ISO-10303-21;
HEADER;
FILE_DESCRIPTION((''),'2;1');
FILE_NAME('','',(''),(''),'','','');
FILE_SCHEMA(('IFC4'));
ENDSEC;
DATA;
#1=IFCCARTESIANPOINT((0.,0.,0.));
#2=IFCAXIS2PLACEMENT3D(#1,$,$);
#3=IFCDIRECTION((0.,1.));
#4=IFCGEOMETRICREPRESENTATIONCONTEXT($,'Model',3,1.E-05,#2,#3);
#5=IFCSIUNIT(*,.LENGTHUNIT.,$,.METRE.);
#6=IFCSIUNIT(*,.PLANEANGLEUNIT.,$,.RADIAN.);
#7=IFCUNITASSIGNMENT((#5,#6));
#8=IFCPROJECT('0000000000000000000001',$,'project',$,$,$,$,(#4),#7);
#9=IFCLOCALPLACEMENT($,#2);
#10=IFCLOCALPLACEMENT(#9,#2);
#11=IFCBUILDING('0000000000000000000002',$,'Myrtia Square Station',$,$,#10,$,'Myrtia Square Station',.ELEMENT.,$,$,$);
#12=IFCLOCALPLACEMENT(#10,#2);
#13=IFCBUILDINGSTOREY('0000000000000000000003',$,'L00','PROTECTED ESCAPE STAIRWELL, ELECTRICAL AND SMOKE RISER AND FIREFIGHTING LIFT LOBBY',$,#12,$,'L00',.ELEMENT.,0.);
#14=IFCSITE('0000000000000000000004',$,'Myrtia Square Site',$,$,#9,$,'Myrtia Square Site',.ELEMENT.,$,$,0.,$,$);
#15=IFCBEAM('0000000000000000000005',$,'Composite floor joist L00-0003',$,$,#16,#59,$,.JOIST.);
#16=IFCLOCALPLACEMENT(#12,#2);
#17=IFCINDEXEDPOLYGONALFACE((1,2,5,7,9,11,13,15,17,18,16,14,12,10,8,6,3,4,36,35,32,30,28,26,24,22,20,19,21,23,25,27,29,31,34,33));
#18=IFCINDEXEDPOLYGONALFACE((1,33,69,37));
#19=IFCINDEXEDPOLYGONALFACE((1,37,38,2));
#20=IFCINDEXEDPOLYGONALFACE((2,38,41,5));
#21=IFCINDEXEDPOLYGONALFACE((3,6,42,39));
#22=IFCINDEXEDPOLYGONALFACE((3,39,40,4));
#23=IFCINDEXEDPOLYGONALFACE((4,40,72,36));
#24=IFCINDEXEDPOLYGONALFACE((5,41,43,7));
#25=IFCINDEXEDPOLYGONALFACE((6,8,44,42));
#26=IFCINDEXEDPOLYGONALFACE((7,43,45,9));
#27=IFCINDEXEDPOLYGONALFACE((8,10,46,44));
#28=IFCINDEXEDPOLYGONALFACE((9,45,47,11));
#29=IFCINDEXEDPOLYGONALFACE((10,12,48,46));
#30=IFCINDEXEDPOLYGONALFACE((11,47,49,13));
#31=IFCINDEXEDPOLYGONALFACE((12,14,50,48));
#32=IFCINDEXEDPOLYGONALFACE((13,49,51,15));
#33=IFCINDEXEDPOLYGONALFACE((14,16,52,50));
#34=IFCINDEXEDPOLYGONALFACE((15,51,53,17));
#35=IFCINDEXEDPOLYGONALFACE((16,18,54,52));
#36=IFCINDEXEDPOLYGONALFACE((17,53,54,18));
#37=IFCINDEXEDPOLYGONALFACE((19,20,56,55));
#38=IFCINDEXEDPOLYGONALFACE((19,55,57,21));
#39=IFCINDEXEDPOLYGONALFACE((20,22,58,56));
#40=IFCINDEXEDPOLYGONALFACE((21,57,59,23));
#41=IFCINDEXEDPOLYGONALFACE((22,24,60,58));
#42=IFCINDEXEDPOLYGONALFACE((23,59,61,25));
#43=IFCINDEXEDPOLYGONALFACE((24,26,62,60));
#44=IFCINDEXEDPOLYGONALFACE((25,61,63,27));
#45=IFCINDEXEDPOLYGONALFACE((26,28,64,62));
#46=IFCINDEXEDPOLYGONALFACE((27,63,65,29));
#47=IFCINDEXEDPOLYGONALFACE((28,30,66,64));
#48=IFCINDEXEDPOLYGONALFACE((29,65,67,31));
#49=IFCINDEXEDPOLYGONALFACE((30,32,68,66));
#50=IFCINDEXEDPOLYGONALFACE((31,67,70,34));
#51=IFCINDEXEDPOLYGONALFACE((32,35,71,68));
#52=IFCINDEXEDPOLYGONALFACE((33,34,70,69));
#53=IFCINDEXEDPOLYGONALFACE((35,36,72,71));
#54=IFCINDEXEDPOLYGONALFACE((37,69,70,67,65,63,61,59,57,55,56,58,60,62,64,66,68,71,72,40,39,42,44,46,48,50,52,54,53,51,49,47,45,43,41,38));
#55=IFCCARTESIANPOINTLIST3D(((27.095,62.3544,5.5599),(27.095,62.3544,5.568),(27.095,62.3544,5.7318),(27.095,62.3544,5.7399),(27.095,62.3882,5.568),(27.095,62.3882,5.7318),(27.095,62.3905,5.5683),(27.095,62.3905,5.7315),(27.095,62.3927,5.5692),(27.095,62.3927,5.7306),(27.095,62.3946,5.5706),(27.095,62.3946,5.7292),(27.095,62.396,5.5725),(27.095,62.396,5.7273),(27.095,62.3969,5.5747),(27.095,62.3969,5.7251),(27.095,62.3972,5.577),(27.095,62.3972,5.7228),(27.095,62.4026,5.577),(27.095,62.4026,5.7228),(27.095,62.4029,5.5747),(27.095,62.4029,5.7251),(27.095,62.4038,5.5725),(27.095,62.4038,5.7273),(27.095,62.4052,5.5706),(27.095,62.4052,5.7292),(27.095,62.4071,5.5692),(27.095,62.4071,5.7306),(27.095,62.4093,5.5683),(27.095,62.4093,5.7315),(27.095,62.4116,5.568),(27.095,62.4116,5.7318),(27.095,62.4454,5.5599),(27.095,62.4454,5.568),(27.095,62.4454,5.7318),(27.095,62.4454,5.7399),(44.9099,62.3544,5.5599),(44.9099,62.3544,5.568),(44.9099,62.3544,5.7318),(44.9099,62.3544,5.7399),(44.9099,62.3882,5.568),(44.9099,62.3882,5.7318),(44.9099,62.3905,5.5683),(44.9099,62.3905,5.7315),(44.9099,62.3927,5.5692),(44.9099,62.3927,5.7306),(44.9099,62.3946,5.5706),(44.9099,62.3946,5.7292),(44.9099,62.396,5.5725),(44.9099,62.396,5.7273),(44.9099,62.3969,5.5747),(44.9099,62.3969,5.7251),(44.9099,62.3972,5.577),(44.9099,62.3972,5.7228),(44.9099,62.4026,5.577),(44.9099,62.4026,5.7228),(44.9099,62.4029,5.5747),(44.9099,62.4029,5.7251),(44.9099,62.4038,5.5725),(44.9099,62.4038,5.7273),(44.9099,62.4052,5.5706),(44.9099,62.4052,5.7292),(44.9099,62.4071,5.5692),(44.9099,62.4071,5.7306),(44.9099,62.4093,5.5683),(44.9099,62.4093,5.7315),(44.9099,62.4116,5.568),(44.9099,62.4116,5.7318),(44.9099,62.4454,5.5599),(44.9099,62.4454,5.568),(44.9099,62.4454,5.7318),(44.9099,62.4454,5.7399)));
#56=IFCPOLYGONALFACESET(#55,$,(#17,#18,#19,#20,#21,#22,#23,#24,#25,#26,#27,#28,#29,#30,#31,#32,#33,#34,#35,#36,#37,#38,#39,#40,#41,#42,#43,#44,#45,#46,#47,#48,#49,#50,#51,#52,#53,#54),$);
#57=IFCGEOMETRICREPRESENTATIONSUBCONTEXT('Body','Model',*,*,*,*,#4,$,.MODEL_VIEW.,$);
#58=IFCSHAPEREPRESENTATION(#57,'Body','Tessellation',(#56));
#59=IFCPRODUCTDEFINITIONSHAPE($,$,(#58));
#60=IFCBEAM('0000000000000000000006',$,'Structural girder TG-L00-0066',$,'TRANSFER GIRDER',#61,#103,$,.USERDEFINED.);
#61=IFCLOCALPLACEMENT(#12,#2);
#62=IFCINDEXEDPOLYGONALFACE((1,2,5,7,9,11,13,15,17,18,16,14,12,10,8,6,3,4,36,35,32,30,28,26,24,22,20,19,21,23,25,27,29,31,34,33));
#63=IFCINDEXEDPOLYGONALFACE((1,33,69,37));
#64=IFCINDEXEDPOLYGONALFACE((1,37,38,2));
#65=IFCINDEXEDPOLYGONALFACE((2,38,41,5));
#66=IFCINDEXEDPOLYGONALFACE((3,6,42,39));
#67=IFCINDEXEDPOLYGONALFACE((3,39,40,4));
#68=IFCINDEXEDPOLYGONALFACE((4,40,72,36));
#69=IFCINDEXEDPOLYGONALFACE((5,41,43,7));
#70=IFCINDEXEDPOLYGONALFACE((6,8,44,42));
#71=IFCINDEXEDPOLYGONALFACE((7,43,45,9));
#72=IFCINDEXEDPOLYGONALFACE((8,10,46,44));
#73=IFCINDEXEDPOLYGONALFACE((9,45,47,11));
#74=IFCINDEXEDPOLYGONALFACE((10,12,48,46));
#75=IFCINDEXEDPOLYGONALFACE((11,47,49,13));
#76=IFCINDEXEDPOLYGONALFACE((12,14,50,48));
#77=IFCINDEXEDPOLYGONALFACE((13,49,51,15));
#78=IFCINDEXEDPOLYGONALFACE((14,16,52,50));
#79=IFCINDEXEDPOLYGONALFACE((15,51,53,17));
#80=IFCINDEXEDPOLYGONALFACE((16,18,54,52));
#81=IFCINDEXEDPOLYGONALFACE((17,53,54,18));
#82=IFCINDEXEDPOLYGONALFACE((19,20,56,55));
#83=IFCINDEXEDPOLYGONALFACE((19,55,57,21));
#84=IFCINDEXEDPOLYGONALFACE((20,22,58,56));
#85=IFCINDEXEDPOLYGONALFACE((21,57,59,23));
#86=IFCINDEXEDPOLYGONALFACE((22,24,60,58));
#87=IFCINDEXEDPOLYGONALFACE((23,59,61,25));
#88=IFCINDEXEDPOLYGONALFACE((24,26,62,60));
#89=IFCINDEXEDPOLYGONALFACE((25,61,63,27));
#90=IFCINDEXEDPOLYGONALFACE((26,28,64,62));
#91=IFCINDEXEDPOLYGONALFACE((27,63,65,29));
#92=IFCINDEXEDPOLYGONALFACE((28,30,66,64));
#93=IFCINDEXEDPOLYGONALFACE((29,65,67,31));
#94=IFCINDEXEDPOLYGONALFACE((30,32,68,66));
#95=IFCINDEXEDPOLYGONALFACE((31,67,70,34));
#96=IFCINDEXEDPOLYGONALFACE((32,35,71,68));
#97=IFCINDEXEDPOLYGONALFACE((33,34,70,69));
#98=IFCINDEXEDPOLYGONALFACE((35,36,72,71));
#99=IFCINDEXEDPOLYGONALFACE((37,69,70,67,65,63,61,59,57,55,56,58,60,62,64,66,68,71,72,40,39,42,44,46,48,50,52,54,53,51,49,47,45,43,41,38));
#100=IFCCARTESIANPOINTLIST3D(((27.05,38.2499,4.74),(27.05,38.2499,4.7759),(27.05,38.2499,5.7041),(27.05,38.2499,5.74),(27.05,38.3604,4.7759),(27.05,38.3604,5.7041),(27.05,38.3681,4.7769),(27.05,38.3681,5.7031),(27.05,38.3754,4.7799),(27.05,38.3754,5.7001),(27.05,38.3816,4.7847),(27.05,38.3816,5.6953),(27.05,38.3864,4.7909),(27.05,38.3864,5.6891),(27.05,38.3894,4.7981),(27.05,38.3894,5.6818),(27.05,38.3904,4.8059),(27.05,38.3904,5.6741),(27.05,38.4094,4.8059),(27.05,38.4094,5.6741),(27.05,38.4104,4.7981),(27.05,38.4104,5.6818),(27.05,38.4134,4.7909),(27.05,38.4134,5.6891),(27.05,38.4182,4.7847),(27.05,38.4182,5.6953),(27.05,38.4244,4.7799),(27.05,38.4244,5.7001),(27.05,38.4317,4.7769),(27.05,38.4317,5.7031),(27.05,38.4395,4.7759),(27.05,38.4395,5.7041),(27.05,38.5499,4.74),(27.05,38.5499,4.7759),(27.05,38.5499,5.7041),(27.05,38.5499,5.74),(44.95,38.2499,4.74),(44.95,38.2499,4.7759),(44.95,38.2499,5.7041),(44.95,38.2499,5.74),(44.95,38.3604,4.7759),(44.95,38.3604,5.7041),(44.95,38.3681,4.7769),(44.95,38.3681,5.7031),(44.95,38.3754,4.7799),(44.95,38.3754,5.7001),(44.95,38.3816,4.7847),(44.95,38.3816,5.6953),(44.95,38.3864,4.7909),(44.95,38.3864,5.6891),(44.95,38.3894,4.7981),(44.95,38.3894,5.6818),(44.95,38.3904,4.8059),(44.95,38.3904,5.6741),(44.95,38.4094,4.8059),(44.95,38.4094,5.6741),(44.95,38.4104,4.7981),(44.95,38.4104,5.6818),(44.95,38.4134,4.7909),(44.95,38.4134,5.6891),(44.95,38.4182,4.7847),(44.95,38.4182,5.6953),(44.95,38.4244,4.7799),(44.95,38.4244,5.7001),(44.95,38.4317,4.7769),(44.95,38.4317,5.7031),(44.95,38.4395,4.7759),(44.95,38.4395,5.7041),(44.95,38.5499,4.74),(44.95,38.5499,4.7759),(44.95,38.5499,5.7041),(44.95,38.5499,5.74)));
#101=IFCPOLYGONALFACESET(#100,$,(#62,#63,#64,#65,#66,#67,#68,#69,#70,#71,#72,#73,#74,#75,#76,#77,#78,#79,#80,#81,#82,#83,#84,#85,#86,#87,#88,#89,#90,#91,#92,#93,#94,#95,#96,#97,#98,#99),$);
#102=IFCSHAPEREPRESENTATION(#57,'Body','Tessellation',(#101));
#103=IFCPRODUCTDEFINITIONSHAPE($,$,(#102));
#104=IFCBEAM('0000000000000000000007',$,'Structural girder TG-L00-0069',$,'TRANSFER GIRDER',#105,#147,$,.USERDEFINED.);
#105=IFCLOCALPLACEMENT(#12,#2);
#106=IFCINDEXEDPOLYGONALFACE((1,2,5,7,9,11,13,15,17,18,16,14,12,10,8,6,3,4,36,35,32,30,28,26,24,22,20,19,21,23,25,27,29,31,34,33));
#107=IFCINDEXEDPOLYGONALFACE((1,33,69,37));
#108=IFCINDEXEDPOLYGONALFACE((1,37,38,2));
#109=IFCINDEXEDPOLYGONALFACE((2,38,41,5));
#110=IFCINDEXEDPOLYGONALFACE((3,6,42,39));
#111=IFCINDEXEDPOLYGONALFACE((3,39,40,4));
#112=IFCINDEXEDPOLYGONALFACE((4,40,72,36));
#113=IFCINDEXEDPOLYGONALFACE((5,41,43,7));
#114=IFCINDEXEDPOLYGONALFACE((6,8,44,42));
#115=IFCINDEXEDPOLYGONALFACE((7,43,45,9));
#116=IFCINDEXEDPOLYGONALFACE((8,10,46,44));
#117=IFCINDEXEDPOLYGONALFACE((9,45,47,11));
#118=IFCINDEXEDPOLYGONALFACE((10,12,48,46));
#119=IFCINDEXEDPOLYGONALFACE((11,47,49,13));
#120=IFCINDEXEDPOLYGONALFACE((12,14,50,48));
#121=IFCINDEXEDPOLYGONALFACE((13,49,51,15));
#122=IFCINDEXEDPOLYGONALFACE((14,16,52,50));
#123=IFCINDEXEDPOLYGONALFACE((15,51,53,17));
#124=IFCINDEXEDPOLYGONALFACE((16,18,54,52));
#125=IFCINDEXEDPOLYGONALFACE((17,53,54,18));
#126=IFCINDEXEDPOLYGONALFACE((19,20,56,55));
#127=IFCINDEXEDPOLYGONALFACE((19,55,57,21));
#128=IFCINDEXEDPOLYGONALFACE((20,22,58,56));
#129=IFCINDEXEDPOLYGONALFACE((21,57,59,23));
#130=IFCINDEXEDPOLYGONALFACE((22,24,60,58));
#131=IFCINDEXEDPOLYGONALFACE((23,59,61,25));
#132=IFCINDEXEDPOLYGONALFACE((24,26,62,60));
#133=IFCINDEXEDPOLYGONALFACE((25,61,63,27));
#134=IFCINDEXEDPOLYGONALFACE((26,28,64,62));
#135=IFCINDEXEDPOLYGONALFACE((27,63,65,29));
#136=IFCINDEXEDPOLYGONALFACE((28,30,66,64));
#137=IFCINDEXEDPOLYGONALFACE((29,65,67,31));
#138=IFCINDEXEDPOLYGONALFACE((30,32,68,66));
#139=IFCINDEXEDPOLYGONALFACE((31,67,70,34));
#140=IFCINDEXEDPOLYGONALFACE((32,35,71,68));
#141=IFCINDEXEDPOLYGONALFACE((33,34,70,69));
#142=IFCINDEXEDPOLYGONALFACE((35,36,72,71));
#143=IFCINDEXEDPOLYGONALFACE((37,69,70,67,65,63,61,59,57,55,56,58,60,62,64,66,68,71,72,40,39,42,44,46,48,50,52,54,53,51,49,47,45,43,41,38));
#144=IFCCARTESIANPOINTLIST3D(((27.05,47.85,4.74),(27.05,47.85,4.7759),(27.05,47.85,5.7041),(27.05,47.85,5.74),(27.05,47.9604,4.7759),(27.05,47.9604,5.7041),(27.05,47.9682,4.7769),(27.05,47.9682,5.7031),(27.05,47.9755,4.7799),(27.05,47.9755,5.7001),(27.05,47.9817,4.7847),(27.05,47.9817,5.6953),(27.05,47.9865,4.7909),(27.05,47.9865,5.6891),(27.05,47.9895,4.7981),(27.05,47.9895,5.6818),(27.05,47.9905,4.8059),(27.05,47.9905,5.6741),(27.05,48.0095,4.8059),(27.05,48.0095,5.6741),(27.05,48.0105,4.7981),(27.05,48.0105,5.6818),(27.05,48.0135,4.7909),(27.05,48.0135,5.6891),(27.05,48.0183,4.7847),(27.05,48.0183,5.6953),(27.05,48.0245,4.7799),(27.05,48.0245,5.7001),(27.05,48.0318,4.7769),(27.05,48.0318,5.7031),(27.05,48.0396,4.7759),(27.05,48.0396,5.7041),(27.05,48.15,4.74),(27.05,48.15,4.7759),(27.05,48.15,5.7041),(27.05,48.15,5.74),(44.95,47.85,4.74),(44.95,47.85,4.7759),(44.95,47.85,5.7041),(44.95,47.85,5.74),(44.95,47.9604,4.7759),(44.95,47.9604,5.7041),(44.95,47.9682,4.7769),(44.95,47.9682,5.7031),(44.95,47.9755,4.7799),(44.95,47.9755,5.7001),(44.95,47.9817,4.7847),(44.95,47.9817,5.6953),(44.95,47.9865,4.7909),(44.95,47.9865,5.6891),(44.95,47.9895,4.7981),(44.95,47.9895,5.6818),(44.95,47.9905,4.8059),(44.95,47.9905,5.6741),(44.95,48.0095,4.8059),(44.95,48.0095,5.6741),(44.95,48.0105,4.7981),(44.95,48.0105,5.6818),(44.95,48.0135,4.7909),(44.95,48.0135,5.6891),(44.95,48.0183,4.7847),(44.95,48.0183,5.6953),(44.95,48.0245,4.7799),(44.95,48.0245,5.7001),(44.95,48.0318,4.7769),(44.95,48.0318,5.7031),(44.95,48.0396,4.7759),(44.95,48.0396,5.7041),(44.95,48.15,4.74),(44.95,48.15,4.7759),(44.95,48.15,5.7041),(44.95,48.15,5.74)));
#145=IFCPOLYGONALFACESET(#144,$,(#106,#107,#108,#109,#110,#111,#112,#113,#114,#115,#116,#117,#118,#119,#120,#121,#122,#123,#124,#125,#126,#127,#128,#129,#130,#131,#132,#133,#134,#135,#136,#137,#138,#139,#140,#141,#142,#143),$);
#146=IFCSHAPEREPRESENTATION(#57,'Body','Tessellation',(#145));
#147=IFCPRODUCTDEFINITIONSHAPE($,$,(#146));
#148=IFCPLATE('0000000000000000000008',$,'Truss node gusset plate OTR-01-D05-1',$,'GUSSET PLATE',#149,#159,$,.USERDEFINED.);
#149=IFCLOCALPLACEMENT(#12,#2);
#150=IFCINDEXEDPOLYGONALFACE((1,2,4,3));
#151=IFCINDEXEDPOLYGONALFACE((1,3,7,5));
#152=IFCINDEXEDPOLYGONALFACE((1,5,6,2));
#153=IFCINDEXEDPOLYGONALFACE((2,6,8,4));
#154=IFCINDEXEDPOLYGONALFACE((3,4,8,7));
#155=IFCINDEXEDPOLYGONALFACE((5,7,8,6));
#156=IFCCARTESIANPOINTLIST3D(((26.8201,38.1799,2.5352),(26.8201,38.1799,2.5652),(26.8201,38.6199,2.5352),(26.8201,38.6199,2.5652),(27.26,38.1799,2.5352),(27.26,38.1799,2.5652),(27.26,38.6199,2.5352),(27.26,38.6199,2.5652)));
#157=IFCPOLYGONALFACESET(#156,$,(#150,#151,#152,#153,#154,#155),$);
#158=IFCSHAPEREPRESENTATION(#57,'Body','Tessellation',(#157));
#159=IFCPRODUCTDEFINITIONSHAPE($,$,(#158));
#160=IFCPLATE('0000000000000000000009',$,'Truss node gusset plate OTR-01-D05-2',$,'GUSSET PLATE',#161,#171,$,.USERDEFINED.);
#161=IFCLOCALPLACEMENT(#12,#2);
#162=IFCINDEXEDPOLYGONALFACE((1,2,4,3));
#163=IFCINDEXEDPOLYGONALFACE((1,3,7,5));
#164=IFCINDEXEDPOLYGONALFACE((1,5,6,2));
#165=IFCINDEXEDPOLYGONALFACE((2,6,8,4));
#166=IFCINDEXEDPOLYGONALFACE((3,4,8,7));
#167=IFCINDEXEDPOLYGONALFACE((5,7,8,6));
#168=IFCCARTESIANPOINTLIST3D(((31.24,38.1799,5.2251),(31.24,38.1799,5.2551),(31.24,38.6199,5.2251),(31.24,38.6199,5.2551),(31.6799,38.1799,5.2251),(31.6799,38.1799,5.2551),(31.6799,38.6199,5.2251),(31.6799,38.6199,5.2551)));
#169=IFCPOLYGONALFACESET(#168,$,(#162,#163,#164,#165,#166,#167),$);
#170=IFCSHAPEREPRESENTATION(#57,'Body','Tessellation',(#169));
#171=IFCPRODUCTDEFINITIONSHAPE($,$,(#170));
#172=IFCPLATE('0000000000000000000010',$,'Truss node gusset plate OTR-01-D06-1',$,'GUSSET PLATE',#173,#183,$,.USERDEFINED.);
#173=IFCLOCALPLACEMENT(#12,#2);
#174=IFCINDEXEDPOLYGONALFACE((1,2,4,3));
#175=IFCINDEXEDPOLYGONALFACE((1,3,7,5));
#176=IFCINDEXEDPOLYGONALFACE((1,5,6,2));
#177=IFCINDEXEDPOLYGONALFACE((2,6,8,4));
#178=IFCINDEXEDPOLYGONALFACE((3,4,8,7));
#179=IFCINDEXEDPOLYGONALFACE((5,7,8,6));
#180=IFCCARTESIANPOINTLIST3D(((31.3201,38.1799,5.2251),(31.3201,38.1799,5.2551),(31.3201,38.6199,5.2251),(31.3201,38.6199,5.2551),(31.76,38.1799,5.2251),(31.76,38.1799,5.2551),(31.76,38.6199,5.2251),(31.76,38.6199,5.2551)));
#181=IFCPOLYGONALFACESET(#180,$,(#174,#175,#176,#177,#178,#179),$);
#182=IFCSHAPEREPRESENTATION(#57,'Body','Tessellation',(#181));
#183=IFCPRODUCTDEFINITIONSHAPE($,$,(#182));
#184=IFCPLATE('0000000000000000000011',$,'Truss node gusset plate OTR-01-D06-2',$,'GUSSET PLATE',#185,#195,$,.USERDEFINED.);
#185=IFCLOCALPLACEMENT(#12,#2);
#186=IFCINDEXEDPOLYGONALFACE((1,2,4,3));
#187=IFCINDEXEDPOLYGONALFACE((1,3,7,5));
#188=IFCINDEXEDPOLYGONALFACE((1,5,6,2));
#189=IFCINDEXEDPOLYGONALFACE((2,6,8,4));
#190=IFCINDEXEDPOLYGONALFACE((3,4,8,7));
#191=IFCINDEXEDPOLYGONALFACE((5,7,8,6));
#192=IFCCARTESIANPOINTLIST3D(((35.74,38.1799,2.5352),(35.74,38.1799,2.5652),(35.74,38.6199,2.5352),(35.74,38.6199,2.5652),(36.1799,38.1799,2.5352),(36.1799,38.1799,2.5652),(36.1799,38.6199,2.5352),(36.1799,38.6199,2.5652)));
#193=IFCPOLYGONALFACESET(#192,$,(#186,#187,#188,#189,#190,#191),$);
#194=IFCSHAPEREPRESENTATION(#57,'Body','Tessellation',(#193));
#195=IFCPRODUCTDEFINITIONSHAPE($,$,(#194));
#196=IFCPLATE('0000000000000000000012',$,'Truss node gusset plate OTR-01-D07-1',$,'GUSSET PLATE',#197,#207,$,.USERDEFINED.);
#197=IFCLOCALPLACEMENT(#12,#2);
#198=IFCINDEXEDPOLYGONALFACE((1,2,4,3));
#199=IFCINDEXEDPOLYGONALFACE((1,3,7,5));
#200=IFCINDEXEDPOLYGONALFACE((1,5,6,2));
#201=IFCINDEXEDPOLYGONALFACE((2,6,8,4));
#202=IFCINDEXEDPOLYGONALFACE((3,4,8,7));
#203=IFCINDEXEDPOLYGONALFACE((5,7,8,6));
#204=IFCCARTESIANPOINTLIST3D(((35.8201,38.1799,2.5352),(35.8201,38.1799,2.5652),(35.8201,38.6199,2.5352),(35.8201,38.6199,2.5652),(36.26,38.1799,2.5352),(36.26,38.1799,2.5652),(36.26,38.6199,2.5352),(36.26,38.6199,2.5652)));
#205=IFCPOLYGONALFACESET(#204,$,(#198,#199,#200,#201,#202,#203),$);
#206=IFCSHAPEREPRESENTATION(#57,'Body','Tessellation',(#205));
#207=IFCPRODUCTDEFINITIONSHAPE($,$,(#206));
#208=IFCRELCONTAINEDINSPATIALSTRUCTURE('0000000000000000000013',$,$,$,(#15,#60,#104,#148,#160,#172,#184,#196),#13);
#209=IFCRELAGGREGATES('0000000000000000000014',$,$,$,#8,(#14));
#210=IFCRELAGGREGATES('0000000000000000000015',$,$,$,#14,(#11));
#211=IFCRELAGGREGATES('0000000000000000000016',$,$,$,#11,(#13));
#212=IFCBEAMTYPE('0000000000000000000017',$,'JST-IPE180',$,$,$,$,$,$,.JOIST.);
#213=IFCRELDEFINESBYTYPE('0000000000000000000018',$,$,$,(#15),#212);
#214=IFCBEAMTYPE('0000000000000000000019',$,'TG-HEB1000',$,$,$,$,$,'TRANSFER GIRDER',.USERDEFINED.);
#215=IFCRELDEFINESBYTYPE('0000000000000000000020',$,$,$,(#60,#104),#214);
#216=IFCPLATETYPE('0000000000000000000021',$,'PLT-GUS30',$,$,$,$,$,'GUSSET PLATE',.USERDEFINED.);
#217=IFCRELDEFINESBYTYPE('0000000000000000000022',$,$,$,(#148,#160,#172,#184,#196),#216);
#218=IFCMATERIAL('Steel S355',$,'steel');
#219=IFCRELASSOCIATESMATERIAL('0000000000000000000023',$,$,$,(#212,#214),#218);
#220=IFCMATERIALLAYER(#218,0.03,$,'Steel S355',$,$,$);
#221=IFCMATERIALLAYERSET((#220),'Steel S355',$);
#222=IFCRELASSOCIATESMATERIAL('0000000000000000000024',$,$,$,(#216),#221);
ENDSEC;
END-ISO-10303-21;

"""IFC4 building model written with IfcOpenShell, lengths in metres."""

from ifc_helpers import new_model, si_unit, direction, frame, origin, origin_2d, place, context, subcontext, project, spatial, rectangle, i_section, extrude, material, layer, layer_set, material_profile, profile_set, type_object, element, save


model = new_model("IFC4")

# Units and contexts
model_context = context("Model", 3, precision=1e-05, world=origin(), true_north=direction((0.0, 1.0)))
body_context = subcontext(model_context, "Body", "Model", "MODEL_VIEW")
ifc_project = project(units=[si_unit("LENGTHUNIT", "METRE"), si_unit("PLANEANGLEUNIT", "RADIAN")], contexts=[model_context])

# Site, building, storey
site_placement = place(None, origin())
site = spatial("IfcSite", under=ifc_project, at=site_placement, Name="Myrtia Square Site", LongName="Myrtia Square Site", CompositionType="ELEMENT", RefElevation=0.0)
building_placement = place(site_placement, origin())
building = spatial("IfcBuilding", under=site, at=building_placement, Name="Myrtia Square Station", LongName="Myrtia Square Station", CompositionType="ELEMENT")
storey_placement = place(building_placement, origin())
storey = spatial("IfcBuildingStorey", under=building, at=storey_placement, Name="L00", Description="PROTECTED ESCAPE STAIRWELL, ELECTRICAL AND SMOKE RISER AND FIREFIGHTING LIFT LOBBY", LongName="L00", CompositionType="ELEMENT", Elevation=0.0)

# Shared definitions
ifc_material_1 = material(Name="Steel S355", Category="steel")

# Beams
ifc_material_profile_1 = material_profile(ifc_material_1, i_section(OverallWidth=0.0911, OverallDepth=0.1799, WebThickness=0.0054, FlangeThickness=0.0081, FilletRadius=0.009, at=origin_2d()), Name="IPE 180")
ifc_profile_set_1 = profile_set([ifc_material_profile_1], Name="Steel S355")
beam_type_1 = type_object("IfcBeamType", Name="JST-IPE180", PredefinedType="JOIST", material=ifc_profile_set_1)
beam_placement = place(storey_placement, frame((27.095, 62.3999, 5.6499), z_axis=(1.0, 0.0, 0.0), x_axis=(0.0, 1.0, 0.0)))
element("IfcBeam", 1, at=beam_placement, inside=storey, type_object=beam_type_1, Name="Composite floor joist L00-0003", PredefinedType="JOIST", context=body_context, shape_type="SweptSolid", body=[
    extrude(i_section(OverallWidth=0.0911, OverallDepth=0.1799, WebThickness=0.0054, FlangeThickness=0.0081, FilletRadius=0.009, at=origin_2d()), origin(), (0.0, 0.0, 1.0), 17.8149),
])
ifc_material_profile_2 = material_profile(ifc_material_1, i_section(OverallWidth=0.3, OverallDepth=1.0, WebThickness=0.019, FlangeThickness=0.0359, FilletRadius=0.03, at=origin_2d()), Name="HEB 1000")
ifc_profile_set_2 = profile_set([ifc_material_profile_2], Name="Steel S355")
beam_type_2 = type_object("IfcBeamType", Name="TG-HEB1000", ElementType="TRANSFER GIRDER", PredefinedType="USERDEFINED", material=ifc_profile_set_2)
for number, where, z_axis, x_axis, name in (
    (2, (27.05, 38.3999, 5.24), (1.0, 0.0, 0.0), (0.0, 1.0, 0.0), "Structural girder TG-L00-0066"),
    (3, (27.05, 48.0, 5.24), (1.0, 0.0, 0.0), (0.0, 1.0, 0.0), "Structural girder TG-L00-0069"),
):
    element("IfcBeam", number, at=place(storey_placement, frame(where, z_axis=z_axis, x_axis=x_axis)), inside=storey, type_object=beam_type_2, Name=name, ObjectType="TRANSFER GIRDER", PredefinedType="USERDEFINED", context=body_context, shape_type="SweptSolid", body=[
        extrude(i_section(OverallWidth=0.3, OverallDepth=1.0, WebThickness=0.019, FlangeThickness=0.0359, FilletRadius=0.03, at=origin_2d()), origin(), (0.0, 0.0, 1.0), 17.8999),
    ])

# Plates
ifc_layer_1 = layer(ifc_material_1, 0.03, Name="Steel S355")
ifc_layer_set_1 = layer_set([ifc_layer_1], Name="Steel S355")
plate_type = type_object("IfcPlateType", Name="PLT-GUS30", ElementType="GUSSET PLATE", PredefinedType="USERDEFINED", material=ifc_layer_set_1)
for number, where, z_axis, x_axis, name in (
    (4, (27.04, 38.3999, 2.5352), (0.0, 0.0, 1.0), (1.0, 0.0, 0.0), "Truss node gusset plate OTR-01-D05-1"),
    (5, (31.46, 38.3999, 5.2251), (0.0, 0.0, 1.0), (1.0, 0.0, 0.0), "Truss node gusset plate OTR-01-D05-2"),
    (6, (31.54, 38.3999, 5.2251), (0.0, 0.0, 1.0), (1.0, 0.0, 0.0), "Truss node gusset plate OTR-01-D06-1"),
    (7, (35.96, 38.3999, 2.5352), (0.0, 0.0, 1.0), (1.0, 0.0, 0.0), "Truss node gusset plate OTR-01-D06-2"),
    (8, (36.04, 38.3999, 2.5352), (0.0, 0.0, 1.0), (1.0, 0.0, 0.0), "Truss node gusset plate OTR-01-D07-1"),
):
    element("IfcPlate", number, at=place(storey_placement, frame(where, z_axis=z_axis, x_axis=x_axis)), inside=storey, type_object=plate_type, Name=name, ObjectType="GUSSET PLATE", PredefinedType="USERDEFINED", context=body_context, shape_type="SweptSolid", body=[
        extrude(rectangle(XDim=0.4399, YDim=0.4399, at=origin_2d()), origin(), (0.0, 0.0, 1.0), 0.03),
    ])

save(model, "model.ifc")
